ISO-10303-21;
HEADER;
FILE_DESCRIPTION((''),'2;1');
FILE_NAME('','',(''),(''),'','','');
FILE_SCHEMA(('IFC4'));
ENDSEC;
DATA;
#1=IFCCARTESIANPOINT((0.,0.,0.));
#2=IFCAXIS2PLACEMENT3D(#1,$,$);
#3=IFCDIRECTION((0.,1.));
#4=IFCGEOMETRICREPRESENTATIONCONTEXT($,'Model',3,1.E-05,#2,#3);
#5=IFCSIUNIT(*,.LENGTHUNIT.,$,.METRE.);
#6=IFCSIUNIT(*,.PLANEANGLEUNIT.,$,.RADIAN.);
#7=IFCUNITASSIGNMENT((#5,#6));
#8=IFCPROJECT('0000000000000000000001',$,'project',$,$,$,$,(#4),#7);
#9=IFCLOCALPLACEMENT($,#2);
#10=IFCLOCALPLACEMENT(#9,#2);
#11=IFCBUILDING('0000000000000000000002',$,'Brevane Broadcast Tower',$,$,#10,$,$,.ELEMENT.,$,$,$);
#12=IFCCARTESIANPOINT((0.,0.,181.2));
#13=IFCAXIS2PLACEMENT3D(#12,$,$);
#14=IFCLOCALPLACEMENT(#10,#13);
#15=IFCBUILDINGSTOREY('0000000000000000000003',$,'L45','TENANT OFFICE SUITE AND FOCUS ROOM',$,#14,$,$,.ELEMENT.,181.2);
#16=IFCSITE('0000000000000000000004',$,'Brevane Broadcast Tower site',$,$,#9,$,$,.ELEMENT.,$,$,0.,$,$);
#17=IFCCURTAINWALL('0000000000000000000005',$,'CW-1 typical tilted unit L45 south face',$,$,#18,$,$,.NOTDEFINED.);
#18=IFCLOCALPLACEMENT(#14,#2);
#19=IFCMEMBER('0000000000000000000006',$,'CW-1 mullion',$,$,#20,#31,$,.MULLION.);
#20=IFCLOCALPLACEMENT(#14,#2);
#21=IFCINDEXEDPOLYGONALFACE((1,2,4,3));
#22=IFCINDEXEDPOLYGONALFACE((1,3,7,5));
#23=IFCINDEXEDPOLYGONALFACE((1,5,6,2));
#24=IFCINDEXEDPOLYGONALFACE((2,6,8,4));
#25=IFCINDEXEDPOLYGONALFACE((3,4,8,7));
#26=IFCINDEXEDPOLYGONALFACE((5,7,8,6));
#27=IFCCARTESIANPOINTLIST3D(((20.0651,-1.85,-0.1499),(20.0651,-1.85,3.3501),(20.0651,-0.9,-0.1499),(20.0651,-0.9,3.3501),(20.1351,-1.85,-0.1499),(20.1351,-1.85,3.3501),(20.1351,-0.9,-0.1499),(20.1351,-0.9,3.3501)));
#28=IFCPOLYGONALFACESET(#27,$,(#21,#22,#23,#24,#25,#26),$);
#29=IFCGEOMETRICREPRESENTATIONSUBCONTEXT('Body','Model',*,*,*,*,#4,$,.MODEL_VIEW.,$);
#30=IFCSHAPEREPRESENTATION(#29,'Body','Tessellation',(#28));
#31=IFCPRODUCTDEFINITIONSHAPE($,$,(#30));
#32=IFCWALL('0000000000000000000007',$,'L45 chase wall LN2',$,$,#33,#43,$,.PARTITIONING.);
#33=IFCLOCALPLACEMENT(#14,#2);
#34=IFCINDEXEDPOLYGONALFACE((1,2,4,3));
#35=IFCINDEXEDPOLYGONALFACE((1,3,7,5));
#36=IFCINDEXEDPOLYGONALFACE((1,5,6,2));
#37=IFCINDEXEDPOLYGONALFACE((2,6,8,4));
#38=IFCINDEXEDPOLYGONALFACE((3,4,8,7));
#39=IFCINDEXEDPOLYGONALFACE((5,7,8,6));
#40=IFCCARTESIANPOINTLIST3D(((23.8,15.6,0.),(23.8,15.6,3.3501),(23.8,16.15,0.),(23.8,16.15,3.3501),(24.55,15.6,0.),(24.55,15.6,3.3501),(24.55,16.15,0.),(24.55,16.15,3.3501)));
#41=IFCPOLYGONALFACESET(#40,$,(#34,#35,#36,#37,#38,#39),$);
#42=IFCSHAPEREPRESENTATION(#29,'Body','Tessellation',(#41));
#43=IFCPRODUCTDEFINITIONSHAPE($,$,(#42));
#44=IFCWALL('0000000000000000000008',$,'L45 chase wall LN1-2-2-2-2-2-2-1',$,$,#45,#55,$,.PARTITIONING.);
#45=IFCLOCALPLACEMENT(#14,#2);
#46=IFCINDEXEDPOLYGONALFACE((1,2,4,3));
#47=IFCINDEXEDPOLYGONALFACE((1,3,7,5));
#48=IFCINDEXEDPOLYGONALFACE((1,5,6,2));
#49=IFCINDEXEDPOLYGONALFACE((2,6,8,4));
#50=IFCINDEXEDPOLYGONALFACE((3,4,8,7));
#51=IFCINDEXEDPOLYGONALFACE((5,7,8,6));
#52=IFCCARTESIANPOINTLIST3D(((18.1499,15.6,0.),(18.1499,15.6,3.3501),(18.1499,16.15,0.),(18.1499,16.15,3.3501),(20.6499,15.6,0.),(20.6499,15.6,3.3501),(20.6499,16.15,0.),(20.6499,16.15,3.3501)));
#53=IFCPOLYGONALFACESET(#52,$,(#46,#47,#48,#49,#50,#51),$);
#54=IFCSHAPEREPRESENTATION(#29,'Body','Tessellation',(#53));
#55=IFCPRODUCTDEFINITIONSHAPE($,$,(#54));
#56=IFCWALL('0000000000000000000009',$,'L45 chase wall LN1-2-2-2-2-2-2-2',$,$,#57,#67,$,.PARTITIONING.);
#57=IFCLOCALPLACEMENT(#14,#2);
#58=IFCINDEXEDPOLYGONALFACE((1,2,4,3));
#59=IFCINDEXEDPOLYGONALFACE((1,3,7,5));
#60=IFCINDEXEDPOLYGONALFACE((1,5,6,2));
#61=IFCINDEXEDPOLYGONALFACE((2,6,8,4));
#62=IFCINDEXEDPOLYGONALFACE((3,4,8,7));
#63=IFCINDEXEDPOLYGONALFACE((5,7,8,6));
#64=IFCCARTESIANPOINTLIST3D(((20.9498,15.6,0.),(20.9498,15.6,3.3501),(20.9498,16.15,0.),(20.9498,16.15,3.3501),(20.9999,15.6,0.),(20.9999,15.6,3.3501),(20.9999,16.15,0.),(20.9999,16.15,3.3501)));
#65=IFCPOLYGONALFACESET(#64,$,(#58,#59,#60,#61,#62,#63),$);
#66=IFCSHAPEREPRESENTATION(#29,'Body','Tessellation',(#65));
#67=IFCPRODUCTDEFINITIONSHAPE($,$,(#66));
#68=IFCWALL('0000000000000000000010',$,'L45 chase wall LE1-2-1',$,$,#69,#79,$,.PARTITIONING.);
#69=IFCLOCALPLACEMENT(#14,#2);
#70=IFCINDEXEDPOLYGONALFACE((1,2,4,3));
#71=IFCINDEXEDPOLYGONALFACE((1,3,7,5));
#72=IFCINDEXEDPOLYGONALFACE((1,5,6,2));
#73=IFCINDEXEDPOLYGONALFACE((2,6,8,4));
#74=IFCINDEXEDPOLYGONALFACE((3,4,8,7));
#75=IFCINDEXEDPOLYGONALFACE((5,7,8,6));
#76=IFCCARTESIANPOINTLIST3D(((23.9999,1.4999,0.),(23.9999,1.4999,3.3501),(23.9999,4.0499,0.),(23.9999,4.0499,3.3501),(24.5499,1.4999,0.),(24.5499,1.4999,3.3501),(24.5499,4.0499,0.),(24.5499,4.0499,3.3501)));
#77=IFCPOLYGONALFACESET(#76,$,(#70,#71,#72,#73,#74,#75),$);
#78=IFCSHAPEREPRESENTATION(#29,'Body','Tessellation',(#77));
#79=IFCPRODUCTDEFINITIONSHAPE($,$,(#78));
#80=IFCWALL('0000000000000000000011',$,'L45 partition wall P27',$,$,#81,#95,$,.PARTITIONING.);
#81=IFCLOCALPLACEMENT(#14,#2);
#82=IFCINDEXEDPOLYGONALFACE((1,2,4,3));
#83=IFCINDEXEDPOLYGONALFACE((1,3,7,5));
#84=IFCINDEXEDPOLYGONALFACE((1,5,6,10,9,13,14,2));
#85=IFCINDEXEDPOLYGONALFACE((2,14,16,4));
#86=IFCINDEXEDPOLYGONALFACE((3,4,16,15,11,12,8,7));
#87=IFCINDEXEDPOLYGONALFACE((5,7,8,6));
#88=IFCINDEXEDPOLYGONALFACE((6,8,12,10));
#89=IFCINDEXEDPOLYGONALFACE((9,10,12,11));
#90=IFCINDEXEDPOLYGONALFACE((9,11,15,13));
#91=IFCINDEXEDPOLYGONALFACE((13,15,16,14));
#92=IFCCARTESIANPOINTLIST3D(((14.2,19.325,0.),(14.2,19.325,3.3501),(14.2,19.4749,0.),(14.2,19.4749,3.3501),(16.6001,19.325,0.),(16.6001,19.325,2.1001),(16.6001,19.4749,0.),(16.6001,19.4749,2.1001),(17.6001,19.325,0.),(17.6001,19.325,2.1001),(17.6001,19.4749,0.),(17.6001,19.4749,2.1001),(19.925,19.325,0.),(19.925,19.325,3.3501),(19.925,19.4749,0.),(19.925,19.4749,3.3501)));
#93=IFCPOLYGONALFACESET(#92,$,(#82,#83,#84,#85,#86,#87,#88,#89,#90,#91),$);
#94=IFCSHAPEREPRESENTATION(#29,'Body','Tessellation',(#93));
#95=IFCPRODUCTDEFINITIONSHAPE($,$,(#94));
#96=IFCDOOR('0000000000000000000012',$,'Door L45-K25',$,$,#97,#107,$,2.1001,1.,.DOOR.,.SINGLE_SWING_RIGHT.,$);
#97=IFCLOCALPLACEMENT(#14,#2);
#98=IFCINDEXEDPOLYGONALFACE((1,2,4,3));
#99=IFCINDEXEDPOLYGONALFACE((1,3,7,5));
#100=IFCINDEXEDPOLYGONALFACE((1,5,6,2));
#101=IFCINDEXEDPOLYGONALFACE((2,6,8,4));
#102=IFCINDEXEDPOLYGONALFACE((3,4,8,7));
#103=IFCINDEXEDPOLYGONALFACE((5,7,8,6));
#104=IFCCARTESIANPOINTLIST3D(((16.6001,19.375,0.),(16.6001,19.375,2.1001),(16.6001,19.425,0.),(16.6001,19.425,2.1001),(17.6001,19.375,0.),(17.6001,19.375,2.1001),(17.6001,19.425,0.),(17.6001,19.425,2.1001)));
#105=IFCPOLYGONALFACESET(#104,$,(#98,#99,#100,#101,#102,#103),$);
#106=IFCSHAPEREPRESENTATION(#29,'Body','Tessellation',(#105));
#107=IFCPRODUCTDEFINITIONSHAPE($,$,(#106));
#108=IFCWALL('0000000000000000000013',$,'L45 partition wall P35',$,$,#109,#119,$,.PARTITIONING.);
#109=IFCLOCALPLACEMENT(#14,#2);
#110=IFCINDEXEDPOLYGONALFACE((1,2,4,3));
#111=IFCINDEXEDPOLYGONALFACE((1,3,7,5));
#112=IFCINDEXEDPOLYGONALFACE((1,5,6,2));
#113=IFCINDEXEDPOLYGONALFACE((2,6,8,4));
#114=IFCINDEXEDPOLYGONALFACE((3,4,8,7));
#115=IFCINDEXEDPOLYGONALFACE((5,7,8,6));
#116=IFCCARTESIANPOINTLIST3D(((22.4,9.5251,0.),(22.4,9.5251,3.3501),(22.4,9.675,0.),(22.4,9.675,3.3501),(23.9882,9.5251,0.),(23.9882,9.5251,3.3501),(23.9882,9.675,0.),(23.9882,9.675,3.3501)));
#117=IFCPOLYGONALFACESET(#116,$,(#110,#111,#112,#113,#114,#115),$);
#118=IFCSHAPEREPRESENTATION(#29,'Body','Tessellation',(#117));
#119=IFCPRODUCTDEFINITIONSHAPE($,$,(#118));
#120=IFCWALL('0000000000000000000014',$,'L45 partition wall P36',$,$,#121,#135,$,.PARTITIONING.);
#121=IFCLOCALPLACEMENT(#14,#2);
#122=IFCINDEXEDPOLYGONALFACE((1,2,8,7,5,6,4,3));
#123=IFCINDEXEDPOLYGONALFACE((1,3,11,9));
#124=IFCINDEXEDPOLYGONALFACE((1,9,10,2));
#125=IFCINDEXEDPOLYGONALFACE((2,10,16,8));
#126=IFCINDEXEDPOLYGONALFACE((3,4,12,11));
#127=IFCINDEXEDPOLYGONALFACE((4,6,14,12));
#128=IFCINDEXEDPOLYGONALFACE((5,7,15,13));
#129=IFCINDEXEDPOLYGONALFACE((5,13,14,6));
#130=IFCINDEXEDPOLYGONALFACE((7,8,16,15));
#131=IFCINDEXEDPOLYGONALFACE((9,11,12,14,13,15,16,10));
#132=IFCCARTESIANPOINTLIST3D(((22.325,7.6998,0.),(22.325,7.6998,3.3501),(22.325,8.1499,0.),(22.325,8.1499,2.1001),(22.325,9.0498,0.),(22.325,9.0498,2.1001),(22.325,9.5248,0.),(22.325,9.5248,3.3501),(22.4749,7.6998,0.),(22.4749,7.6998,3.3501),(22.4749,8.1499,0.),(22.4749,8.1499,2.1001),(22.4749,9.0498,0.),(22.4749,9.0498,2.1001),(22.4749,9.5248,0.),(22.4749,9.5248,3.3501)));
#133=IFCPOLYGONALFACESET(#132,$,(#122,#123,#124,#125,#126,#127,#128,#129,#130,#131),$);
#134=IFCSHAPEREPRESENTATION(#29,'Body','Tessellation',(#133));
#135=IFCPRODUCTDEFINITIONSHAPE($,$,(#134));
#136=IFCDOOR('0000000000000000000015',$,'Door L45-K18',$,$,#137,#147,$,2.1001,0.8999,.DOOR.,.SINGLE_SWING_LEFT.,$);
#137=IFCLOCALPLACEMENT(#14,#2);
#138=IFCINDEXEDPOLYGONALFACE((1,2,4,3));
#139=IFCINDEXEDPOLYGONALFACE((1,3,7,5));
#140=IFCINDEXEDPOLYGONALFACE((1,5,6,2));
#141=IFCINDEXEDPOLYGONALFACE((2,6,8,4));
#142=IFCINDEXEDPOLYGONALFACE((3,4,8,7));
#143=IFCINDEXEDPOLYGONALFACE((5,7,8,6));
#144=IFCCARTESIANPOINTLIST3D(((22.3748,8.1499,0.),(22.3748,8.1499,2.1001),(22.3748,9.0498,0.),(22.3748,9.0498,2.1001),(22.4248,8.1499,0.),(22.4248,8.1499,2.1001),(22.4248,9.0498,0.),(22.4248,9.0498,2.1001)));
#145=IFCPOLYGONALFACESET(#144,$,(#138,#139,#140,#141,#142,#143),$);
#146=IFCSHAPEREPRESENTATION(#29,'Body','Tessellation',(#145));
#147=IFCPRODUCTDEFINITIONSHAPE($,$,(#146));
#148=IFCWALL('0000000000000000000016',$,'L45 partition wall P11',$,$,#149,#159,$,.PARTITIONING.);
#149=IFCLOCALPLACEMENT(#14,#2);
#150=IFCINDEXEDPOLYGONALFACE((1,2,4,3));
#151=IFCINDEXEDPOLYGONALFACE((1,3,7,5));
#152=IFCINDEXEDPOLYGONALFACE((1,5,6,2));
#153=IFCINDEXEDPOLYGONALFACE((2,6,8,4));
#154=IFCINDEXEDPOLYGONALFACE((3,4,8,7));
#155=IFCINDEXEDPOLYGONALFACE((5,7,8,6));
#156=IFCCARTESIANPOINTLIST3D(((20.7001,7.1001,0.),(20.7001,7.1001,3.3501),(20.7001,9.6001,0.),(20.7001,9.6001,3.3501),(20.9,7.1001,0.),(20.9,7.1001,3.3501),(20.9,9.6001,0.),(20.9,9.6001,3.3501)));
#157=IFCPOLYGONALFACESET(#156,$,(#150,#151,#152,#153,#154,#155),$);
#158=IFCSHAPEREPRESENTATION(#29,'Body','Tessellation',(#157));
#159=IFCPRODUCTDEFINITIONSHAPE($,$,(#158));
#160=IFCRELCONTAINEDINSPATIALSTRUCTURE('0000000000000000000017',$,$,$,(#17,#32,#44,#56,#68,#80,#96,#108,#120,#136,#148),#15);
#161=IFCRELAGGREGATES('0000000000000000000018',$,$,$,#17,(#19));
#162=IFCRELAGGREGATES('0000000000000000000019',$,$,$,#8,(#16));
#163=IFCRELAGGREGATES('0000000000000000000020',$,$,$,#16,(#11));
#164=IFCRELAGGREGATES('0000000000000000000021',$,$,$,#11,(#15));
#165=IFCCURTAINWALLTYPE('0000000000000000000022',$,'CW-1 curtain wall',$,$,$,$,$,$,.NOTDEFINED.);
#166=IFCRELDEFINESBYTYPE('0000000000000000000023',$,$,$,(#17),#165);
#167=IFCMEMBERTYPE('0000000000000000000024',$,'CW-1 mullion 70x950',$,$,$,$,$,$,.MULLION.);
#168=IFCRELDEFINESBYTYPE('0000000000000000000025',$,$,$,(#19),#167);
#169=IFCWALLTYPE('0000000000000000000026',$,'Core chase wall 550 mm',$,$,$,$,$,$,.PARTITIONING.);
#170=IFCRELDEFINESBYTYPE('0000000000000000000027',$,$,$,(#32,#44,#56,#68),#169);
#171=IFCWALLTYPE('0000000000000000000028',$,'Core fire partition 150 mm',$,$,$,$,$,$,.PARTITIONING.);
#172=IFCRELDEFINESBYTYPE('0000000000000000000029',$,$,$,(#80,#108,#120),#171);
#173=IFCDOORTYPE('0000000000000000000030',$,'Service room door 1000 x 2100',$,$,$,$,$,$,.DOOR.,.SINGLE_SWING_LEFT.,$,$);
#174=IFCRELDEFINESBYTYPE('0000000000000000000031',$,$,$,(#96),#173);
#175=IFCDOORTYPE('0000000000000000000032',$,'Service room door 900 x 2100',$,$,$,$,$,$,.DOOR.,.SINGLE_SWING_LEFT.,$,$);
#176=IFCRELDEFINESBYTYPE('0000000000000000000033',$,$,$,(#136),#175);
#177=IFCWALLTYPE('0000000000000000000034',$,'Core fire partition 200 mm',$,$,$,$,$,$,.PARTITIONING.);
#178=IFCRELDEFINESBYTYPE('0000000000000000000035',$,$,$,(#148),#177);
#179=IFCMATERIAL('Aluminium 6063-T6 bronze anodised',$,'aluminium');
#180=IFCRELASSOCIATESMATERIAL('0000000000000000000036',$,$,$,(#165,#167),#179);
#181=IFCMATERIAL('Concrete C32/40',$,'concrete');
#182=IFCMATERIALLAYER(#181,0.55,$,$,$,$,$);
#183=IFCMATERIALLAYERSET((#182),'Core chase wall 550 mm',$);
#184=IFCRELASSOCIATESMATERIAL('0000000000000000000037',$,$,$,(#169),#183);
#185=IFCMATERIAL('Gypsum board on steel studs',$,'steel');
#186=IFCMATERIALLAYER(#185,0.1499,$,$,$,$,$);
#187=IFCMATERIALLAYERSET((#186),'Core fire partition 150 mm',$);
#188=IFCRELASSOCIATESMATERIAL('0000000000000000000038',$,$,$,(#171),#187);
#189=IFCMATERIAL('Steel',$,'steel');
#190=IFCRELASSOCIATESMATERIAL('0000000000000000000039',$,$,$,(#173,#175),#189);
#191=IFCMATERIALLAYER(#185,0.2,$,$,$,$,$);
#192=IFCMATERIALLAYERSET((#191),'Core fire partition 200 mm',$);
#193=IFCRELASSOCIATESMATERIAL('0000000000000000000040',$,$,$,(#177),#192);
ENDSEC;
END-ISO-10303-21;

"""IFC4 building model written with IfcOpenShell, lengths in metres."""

from ifc_helpers import new_model, si_unit, direction, frame, frame_2d, origin, origin_2d, place, context, subcontext, project, spatial, rectangle, extrude, material, layer, layer_set, material_profile, profile_set, type_object, element, fill, aggregate, save


model = new_model("IFC4")

# Units and contexts
model_context = context("Model", 3, precision=1e-05, world=origin(), true_north=direction((0.0, 1.0)))
body_context = subcontext(model_context, "Body", "Model", "MODEL_VIEW")
ifc_project = project(units=[si_unit("LENGTHUNIT", "METRE"), si_unit("PLANEANGLEUNIT", "RADIAN")], contexts=[model_context])

# Site, building, storey
site_placement = place(None, origin())
site = spatial("IfcSite", under=ifc_project, at=site_placement, Name="Brevane Broadcast Tower site", CompositionType="ELEMENT", RefElevation=0.0)
building_placement = place(site_placement, origin())
building = spatial("IfcBuilding", under=site, at=building_placement, Name="Brevane Broadcast Tower", CompositionType="ELEMENT")
storey_placement = place(building_placement, frame((0.0, 0.0, 181.2)))
storey = spatial("IfcBuildingStorey", under=building, at=storey_placement, Name="L45", Description="TENANT OFFICE SUITE AND FOCUS ROOM", CompositionType="ELEMENT", Elevation=181.2)

# Curtain wall, member
ifc_material_1 = material(Name="Aluminium 6063-T6 bronze anodised", Category="aluminium")
curtain_wall_type = type_object("IfcCurtainWallType", Name="CW-1 curtain wall", PredefinedType="NOTDEFINED", material=ifc_material_1)
curtain_wall_placement = place(storey_placement, origin())
curtain_wall = element("IfcCurtainWall", 1, at=curtain_wall_placement, inside=storey, type_object=curtain_wall_type, Name="CW-1 typical tilted unit L45 south face", PredefinedType="NOTDEFINED")
ifc_material_profile = material_profile(ifc_material_1, rectangle(XDim=0.95, YDim=0.0701, at=origin_2d()), Name="RECT 70x950")
ifc_profile_set = profile_set([ifc_material_profile], Name="Aluminium 6063-T6 bronze anodised")
member_type = type_object("IfcMemberType", Name="CW-1 mullion 70x950", PredefinedType="MULLION", material=ifc_profile_set)
member_placement = place(storey_placement, frame((20.1001, -1.375, -0.1499), z_axis=(0.0, 0.0, 1.0), x_axis=(0.0, 1.0, 0.0)))
member = element("IfcMember", 2, at=member_placement, type_object=member_type, Name="CW-1 mullion", PredefinedType="MULLION", context=body_context, shape_type="SweptSolid", body=[
    extrude(rectangle(XDim=0.95, YDim=0.0701, at=origin_2d()), origin(), (0.0, 0.0, 1.0), 3.5),
])
aggregate(curtain_wall, [member])

# Walls
ifc_material_2 = material(Name="Concrete C32/40", Category="concrete")
ifc_layer_1 = layer(ifc_material_2, 0.55)
ifc_layer_set_1 = layer_set([ifc_layer_1], Name="Core chase wall 550 mm")
wall_type_1 = type_object("IfcWallType", Name="Core chase wall 550 mm", PredefinedType="PARTITIONING", material=ifc_layer_set_1)
wall_1_placement = place(storey_placement, frame((23.8, 15.875, 0.0), z_axis=(0.0, 0.0, 1.0), x_axis=(1.0, 0.0, 0.0)))
element("IfcWall", 3, at=wall_1_placement, inside=storey, type_object=wall_type_1, Name="L45 chase wall LN2", PredefinedType="PARTITIONING", context=body_context, shape_type="SweptSolid", body=[
    extrude(rectangle(XDim=0.75, YDim=0.55, at=frame_2d((0.375, 0.0))), origin(), (0.0, 0.0, 1.0), 3.3501),
])
wall_2_placement = place(storey_placement, frame((18.1499, 15.875, 0.0), z_axis=(0.0, 0.0, 1.0), x_axis=(1.0, 0.0, 0.0)))
element("IfcWall", 4, at=wall_2_placement, inside=storey, type_object=wall_type_1, Name="L45 chase wall LN1-2-2-2-2-2-2-1", PredefinedType="PARTITIONING", context=body_context, shape_type="SweptSolid", body=[
    extrude(rectangle(XDim=2.5, YDim=0.55, at=frame_2d((1.25, 0.0))), origin(), (0.0, 0.0, 1.0), 3.3501),
])
wall_3_placement = place(storey_placement, frame((20.95, 15.875, 0.0), z_axis=(0.0, 0.0, 1.0), x_axis=(1.0, 0.0, 0.0)))
element("IfcWall", 5, at=wall_3_placement, inside=storey, type_object=wall_type_1, Name="L45 chase wall LN1-2-2-2-2-2-2-2", PredefinedType="PARTITIONING", context=body_context, shape_type="SweptSolid", body=[
    extrude(rectangle(XDim=0.05, YDim=0.55, at=frame_2d((0.0249, 0.0))), origin(), (0.0, 0.0, 1.0), 3.3501),
])
wall_4_placement = place(storey_placement, frame((24.2749, 1.5, 0.0), z_axis=(0.0, 0.0, 1.0), x_axis=(0.0, 1.0, 0.0)))
element("IfcWall", 6, at=wall_4_placement, inside=storey, type_object=wall_type_1, Name="L45 chase wall LE1-2-1", PredefinedType="PARTITIONING", context=body_context, shape_type="SweptSolid", body=[
    extrude(rectangle(XDim=2.55, YDim=0.55, at=frame_2d((1.2749, 0.0))), origin(), (0.0, 0.0, 1.0), 3.3501),
])

# Wall, opening, door
ifc_material_3 = material(Name="Gypsum board on steel studs", Category="steel")
ifc_layer_2 = layer(ifc_material_3, 0.1499)
ifc_layer_set_2 = layer_set([ifc_layer_2], Name="Core fire partition 150 mm")
wall_type_2 = type_object("IfcWallType", Name="Core fire partition 150 mm", PredefinedType="PARTITIONING", material=ifc_layer_set_2)
wall_5_placement = place(storey_placement, frame((19.925, 19.3999, 0.0), z_axis=(0.0, 0.0, 1.0), x_axis=(-1.0, 0.0, 0.0)))
wall_5 = element("IfcWall", 7, at=wall_5_placement, inside=storey, type_object=wall_type_2, Name="L45 partition wall P27", PredefinedType="PARTITIONING", context=body_context, shape_type="SweptSolid", body=[
    extrude(rectangle(XDim=5.7251, YDim=0.1499, at=frame_2d((2.8625, 0.0))), origin(), (0.0, 0.0, 1.0), 3.3501),
])
opening_1_placement = place(wall_5_placement, frame((2.325, 0.0, 0.0)))
opening_1 = element("IfcOpeningElement", 8, at=opening_1_placement, cuts=wall_5, PredefinedType="OPENING", context=body_context, shape_type="SweptSolid", body=[
    extrude(rectangle(XDim=1.0, YDim=2.1001, at=frame_2d((0.5, 1.05))), frame((0.0, 0.085, 0.0), z_axis=(0.0, -1.0, 0.0), x_axis=(1.0, 0.0, 0.0)), (0.0, 0.0, 1.0), 0.1699),
])
ifc_material_4 = material(Name="Steel", Category="steel")
door_type_1 = type_object("IfcDoorType", Name="Service room door 1000 x 2100", OperationType="SINGLE_SWING_LEFT", PredefinedType="DOOR", material=ifc_material_4)
door_1_placement = place(opening_1_placement, origin())
door_1 = element("IfcDoor", 9, at=door_1_placement, inside=storey, type_object=door_type_1, Name="Door L45-K25", OperationType="SINGLE_SWING_RIGHT", OverallHeight=2.1001, OverallWidth=1.0, PredefinedType="DOOR", context=body_context, shape_type="SweptSolid", body=[
    extrude(rectangle(XDim=1.0, YDim=2.1001, at=frame_2d((0.5, 1.05))), frame((0.0, 0.0249, 0.0), z_axis=(0.0, -1.0, 0.0), x_axis=(1.0, 0.0, 0.0)), (0.0, 0.0, 1.0), 0.05),
])
fill(opening_1, door_1)

# Wall
wall_6_placement = place(storey_placement, frame((23.988, 9.6001, 0.0), z_axis=(0.0, 0.0, 1.0), x_axis=(-1.0, 0.0, 0.0)))
element("IfcWall", 10, at=wall_6_placement, inside=storey, type_object=wall_type_2, Name="L45 partition wall P35", PredefinedType="PARTITIONING", context=body_context, shape_type="SweptSolid", body=[
    extrude(rectangle(XDim=1.5881, YDim=0.1499, at=frame_2d((0.7939, 0.0))), origin(), (0.0, 0.0, 1.0), 3.3501),
])

# Wall, opening, door
wall_7_placement = place(storey_placement, frame((22.3999, 9.5249, 0.0), z_axis=(0.0, 0.0, 1.0), x_axis=(0.0, -1.0, 0.0)))
wall_7 = element("IfcWall", 11, at=wall_7_placement, inside=storey, type_object=wall_type_2, Name="L45 partition wall P36", PredefinedType="PARTITIONING", context=body_context, shape_type="SweptSolid", body=[
    extrude(rectangle(XDim=1.825, YDim=0.1499, at=frame_2d((0.9126, 0.0))), origin(), (0.0, 0.0, 1.0), 3.3501),
])
opening_2_placement = place(wall_7_placement, frame((0.4751, 0.0, 0.0)))
opening_2 = element("IfcOpeningElement", 12, at=opening_2_placement, cuts=wall_7, PredefinedType="OPENING", context=body_context, shape_type="SweptSolid", body=[
    extrude(rectangle(XDim=0.8999, YDim=2.1001, at=frame_2d((0.45, 1.05))), frame((0.0, 0.085, 0.0), z_axis=(0.0, -1.0, 0.0), x_axis=(1.0, 0.0, 0.0)), (0.0, 0.0, 1.0), 0.1699),
])
door_type_2 = type_object("IfcDoorType", Name="Service room door 900 x 2100", OperationType="SINGLE_SWING_LEFT", PredefinedType="DOOR", material=ifc_material_4)
door_2_placement = place(opening_2_placement, origin())
door_2 = element("IfcDoor", 13, at=door_2_placement, inside=storey, type_object=door_type_2, Name="Door L45-K18", OperationType="SINGLE_SWING_LEFT", OverallHeight=2.1001, OverallWidth=0.8999, PredefinedType="DOOR", context=body_context, shape_type="SweptSolid", body=[
    extrude(rectangle(XDim=0.8999, YDim=2.1001, at=frame_2d((0.45, 1.05))), frame((0.0, 0.0249, 0.0), z_axis=(0.0, -1.0, 0.0), x_axis=(1.0, 0.0, 0.0)), (0.0, 0.0, 1.0), 0.05),
])
fill(opening_2, door_2)

# Wall
ifc_layer_3 = layer(ifc_material_3, 0.2)
ifc_layer_set_3 = layer_set([ifc_layer_3], Name="Core fire partition 200 mm")
wall_type_3 = type_object("IfcWallType", Name="Core fire partition 200 mm", PredefinedType="PARTITIONING", material=ifc_layer_set_3)
wall_8_placement = place(storey_placement, frame((20.8, 7.1001, 0.0), z_axis=(0.0, 0.0, 1.0), x_axis=(0.0, 1.0, 0.0)))
element("IfcWall", 14, at=wall_8_placement, inside=storey, type_object=wall_type_3, Name="L45 partition wall P11", PredefinedType="PARTITIONING", context=body_context, shape_type="SweptSolid", body=[
    extrude(rectangle(XDim=2.5, YDim=0.2, at=frame_2d((1.25, 0.0))), origin(), (0.0, 0.0, 1.0), 3.3501),
])

save(model, "model.ifc")
